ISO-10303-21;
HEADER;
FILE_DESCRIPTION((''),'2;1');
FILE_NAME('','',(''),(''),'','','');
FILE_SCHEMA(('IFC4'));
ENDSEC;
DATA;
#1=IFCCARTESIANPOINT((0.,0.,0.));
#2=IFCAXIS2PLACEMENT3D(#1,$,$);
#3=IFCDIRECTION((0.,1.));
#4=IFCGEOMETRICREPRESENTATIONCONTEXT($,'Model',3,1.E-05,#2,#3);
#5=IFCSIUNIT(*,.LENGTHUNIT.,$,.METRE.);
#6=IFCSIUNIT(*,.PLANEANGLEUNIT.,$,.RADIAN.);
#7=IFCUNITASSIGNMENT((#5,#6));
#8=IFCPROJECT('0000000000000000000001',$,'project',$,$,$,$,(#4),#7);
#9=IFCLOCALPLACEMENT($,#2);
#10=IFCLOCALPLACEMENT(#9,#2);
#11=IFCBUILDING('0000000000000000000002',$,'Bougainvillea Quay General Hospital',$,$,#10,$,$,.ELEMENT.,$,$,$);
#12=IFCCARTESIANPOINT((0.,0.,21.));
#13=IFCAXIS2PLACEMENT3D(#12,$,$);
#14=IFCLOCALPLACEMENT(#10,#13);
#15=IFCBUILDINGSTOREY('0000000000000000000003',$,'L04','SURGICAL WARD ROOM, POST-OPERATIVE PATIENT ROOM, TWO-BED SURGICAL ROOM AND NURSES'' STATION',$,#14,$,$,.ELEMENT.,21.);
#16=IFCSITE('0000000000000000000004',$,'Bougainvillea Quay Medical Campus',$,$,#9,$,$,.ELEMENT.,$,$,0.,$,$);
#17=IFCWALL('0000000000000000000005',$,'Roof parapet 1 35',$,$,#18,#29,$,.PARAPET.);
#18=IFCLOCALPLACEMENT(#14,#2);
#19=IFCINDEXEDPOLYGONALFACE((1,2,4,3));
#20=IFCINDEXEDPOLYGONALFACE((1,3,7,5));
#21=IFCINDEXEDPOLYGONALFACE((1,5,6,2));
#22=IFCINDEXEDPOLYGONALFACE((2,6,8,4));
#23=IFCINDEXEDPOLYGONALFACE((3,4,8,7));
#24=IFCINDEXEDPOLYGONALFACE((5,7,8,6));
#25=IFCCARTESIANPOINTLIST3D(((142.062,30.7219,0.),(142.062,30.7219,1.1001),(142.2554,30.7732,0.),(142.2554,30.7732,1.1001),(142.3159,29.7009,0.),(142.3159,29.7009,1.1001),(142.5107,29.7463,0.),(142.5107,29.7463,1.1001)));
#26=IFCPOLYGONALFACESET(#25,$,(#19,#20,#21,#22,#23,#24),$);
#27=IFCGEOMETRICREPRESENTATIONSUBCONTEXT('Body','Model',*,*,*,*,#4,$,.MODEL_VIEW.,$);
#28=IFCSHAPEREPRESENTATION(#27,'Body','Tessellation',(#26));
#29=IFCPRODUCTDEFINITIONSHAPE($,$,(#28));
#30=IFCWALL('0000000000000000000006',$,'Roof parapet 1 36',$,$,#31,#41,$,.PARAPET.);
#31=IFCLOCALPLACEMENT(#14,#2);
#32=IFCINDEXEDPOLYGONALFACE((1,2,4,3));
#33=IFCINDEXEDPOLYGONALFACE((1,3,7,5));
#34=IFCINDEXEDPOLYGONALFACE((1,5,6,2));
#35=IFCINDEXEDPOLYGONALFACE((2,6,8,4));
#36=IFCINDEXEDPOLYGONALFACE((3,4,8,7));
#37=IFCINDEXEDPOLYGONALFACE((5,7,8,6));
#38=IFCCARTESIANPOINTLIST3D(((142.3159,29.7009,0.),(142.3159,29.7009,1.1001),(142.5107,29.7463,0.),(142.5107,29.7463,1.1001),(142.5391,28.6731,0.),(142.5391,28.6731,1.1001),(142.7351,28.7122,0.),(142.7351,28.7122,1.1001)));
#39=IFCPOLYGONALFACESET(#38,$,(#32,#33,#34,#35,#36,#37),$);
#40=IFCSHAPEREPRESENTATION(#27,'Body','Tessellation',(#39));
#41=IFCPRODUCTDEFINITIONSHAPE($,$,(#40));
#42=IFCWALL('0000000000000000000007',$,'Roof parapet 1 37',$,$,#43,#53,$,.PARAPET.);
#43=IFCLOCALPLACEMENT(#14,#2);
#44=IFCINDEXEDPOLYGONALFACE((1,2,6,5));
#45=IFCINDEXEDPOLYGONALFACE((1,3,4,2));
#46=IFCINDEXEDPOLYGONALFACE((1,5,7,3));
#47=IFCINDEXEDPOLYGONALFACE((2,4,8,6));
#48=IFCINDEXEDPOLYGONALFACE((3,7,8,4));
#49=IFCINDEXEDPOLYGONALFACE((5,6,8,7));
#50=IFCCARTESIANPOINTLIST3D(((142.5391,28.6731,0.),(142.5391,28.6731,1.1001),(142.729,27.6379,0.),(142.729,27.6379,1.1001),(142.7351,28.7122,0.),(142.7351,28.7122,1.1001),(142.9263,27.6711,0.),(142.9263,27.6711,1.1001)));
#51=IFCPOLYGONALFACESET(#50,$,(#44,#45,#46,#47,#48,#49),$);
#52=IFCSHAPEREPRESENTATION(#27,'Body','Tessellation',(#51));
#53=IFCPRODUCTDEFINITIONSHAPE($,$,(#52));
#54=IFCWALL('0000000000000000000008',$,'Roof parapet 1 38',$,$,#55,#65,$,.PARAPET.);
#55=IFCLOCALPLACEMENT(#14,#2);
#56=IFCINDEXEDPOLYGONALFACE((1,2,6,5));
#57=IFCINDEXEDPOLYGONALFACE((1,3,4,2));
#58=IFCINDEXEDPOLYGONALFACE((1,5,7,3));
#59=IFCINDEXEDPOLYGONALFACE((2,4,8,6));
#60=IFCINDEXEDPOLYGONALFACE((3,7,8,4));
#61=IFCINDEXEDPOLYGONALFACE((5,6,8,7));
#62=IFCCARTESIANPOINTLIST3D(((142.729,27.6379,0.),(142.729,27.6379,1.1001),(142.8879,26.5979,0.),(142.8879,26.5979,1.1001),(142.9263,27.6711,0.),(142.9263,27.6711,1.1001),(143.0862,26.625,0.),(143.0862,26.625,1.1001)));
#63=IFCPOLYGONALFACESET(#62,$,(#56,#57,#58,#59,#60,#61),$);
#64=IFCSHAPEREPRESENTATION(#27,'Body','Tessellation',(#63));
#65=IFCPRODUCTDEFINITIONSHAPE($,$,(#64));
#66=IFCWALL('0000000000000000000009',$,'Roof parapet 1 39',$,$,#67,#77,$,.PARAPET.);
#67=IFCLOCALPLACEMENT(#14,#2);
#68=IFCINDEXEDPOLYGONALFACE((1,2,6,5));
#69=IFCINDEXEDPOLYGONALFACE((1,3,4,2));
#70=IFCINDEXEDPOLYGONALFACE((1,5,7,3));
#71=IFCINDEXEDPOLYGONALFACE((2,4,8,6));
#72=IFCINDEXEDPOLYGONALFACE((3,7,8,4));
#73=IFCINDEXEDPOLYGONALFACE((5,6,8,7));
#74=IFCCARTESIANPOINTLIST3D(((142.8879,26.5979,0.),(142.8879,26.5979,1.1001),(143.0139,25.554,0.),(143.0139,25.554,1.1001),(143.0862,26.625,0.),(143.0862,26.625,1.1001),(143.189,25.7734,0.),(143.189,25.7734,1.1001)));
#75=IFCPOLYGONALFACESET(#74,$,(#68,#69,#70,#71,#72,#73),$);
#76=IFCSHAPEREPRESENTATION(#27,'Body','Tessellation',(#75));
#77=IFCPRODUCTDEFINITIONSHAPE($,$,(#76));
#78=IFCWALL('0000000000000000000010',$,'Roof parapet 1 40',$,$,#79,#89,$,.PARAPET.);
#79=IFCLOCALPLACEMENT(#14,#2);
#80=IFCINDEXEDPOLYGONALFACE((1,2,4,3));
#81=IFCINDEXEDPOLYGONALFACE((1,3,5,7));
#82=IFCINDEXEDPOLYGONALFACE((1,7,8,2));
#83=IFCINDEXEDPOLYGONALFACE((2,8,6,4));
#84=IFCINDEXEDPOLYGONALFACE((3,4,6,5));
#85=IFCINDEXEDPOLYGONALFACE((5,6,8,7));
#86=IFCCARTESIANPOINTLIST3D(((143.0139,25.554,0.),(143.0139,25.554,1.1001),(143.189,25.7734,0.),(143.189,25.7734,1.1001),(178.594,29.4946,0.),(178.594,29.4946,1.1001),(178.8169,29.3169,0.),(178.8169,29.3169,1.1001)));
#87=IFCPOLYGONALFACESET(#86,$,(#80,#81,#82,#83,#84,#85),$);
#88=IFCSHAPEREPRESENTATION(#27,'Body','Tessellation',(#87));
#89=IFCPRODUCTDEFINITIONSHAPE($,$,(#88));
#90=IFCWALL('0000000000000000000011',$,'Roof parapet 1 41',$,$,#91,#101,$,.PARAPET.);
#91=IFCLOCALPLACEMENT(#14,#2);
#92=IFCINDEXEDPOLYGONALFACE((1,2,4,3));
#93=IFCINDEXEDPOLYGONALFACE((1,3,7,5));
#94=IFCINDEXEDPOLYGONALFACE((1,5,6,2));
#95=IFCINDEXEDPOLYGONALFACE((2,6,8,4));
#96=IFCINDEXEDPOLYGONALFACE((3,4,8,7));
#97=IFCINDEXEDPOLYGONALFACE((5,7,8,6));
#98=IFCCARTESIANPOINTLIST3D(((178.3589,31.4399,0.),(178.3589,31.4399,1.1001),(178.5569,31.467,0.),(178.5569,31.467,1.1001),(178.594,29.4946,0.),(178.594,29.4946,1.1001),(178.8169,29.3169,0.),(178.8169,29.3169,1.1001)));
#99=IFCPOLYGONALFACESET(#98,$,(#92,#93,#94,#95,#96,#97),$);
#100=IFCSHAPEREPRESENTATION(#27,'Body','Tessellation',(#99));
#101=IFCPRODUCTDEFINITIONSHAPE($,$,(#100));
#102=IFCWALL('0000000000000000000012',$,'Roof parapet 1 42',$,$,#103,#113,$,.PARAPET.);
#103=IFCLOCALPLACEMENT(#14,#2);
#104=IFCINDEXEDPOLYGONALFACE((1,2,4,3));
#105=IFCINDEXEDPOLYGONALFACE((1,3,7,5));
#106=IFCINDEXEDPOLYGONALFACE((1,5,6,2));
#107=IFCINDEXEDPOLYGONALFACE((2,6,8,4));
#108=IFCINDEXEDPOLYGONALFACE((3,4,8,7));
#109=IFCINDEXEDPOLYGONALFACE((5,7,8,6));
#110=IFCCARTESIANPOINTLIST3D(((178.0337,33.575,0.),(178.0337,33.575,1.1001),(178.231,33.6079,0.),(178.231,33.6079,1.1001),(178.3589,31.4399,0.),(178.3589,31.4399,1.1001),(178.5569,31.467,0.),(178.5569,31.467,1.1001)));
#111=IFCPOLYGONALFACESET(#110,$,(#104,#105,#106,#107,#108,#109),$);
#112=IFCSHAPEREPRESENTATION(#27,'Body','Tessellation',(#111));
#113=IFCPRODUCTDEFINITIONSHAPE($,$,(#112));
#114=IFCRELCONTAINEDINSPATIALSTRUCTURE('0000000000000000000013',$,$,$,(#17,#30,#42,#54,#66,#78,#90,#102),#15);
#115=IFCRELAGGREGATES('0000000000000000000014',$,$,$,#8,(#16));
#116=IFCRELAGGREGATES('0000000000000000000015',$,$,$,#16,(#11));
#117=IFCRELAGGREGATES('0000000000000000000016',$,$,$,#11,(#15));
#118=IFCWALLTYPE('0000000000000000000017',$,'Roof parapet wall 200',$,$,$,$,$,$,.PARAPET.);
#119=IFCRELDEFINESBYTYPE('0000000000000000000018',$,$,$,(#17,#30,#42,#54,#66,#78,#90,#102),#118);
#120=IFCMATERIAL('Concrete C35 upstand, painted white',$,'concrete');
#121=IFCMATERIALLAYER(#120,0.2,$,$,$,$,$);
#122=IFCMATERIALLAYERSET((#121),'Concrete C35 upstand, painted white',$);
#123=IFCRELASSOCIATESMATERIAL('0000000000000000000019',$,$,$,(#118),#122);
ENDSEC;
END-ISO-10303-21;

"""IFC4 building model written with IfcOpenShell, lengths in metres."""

from ifc_helpers import new_model, si_unit, direction, frame, origin, place, context, subcontext, project, spatial, polyline, outline, extrude, material, layer, layer_set, type_object, element, save


model = new_model("IFC4")

# Units and contexts
model_context = context("Model", 3, precision=1e-05, world=origin(), true_north=direction((0.0, 1.0)))
body_context = subcontext(model_context, "Body", "Model", "MODEL_VIEW")
ifc_project = project(units=[si_unit("LENGTHUNIT", "METRE"), si_unit("PLANEANGLEUNIT", "RADIAN")], contexts=[model_context])

# Site, building, storey
site_placement = place(None, origin())
site = spatial("IfcSite", under=ifc_project, at=site_placement, Name="Bougainvillea Quay Medical Campus", CompositionType="ELEMENT", RefElevation=0.0)
building_placement = place(site_placement, origin())
building = spatial("IfcBuilding", under=site, at=building_placement, Name="Bougainvillea Quay General Hospital", CompositionType="ELEMENT")
storey_placement = place(building_placement, frame((0.0, 0.0, 21.0)))
storey = spatial("IfcBuildingStorey", under=building, at=storey_placement, Name="L04", Description="SURGICAL WARD ROOM, POST-OPERATIVE PATIENT ROOM, TWO-BED SURGICAL ROOM AND NURSES' STATION", CompositionType="ELEMENT", Elevation=21.0)

# Walls
ifc_material = material(Name="Concrete C35 upstand, painted white", Category="concrete")
ifc_layer = layer(ifc_material, 0.2)
ifc_layer_set = layer_set([ifc_layer], Name="Concrete C35 upstand, painted white")
wall_type = type_object("IfcWallType", Name="Roof parapet wall 200", PredefinedType="PARAPET", material=ifc_layer_set)
wall_1_placement = place(storey_placement, origin())
element("IfcWall", 1, at=wall_1_placement, inside=storey, type_object=wall_type, Name="Roof parapet 1 35", PredefinedType="PARAPET", context=body_context, shape_type="SweptSolid", body=[
    extrude(outline(polyline([(142.5107, 29.7463), (142.3159, 29.7009), (142.062, 30.7219), (142.2554, 30.7732), (142.5107, 29.7463)])), origin(), (0.0, 0.0, 1.0), 1.1001),
])
wall_2_placement = place(storey_placement, origin())
element("IfcWall", 2, at=wall_2_placement, inside=storey, type_object=wall_type, Name="Roof parapet 1 36", PredefinedType="PARAPET", context=body_context, shape_type="SweptSolid", body=[
    extrude(outline(polyline([(142.7351, 28.7122), (142.5391, 28.6731), (142.3159, 29.7009), (142.5107, 29.7463), (142.7351, 28.7122)])), origin(), (0.0, 0.0, 1.0), 1.1001),
])
wall_3_placement = place(storey_placement, origin())
element("IfcWall", 3, at=wall_3_placement, inside=storey, type_object=wall_type, Name="Roof parapet 1 37", PredefinedType="PARAPET", context=body_context, shape_type="SweptSolid", body=[
    extrude(outline(polyline([(142.9263, 27.6711), (142.729, 27.6379), (142.5391, 28.6731), (142.7351, 28.7122), (142.9263, 27.6711)])), origin(), (0.0, 0.0, 1.0), 1.1001),
])
wall_4_placement = place(storey_placement, origin())
element("IfcWall", 4, at=wall_4_placement, inside=storey, type_object=wall_type, Name="Roof parapet 1 38", PredefinedType="PARAPET", context=body_context, shape_type="SweptSolid", body=[
    extrude(outline(polyline([(143.0862, 26.625), (142.8879, 26.5979), (142.729, 27.6379), (142.9263, 27.6711), (143.0862, 26.625)])), origin(), (0.0, 0.0, 1.0), 1.1001),
])
wall_5_placement = place(storey_placement, origin())
element("IfcWall", 5, at=wall_5_placement, inside=storey, type_object=wall_type, Name="Roof parapet 1 39", PredefinedType="PARAPET", context=body_context, shape_type="SweptSolid", body=[
    extrude(outline(polyline([(143.189, 25.7734), (143.0139, 25.554), (142.8879, 26.5979), (143.0862, 26.625), (143.189, 25.7734)])), origin(), (0.0, 0.0, 1.0), 1.1001),
])
wall_6_placement = place(storey_placement, origin())
element("IfcWall", 6, at=wall_6_placement, inside=storey, type_object=wall_type, Name="Roof parapet 1 40", PredefinedType="PARAPET", context=body_context, shape_type="SweptSolid", body=[
    extrude(outline(polyline([(178.594, 29.4946), (178.8169, 29.3169), (143.0139, 25.554), (143.189, 25.7734), (178.594, 29.4946)])), origin(), (0.0, 0.0, 1.0), 1.1001),
])
wall_7_placement = place(storey_placement, origin())
element("IfcWall", 7, at=wall_7_placement, inside=storey, type_object=wall_type, Name="Roof parapet 1 41", PredefinedType="PARAPET", context=body_context, shape_type="SweptSolid", body=[
    extrude(outline(polyline([(178.3589, 31.4399), (178.5569, 31.467), (178.8169, 29.3169), (178.594, 29.4946), (178.3589, 31.4399)])), origin(), (0.0, 0.0, 1.0), 1.1001),
])
wall_8_placement = place(storey_placement, origin())
element("IfcWall", 8, at=wall_8_placement, inside=storey, type_object=wall_type, Name="Roof parapet 1 42", PredefinedType="PARAPET", context=body_context, shape_type="SweptSolid", body=[
    extrude(outline(polyline([(178.0337, 33.575), (178.231, 33.6079), (178.5569, 31.467), (178.3589, 31.4399), (178.0337, 33.575)])), origin(), (0.0, 0.0, 1.0), 1.1001),
])

save(model, "model.ifc")
